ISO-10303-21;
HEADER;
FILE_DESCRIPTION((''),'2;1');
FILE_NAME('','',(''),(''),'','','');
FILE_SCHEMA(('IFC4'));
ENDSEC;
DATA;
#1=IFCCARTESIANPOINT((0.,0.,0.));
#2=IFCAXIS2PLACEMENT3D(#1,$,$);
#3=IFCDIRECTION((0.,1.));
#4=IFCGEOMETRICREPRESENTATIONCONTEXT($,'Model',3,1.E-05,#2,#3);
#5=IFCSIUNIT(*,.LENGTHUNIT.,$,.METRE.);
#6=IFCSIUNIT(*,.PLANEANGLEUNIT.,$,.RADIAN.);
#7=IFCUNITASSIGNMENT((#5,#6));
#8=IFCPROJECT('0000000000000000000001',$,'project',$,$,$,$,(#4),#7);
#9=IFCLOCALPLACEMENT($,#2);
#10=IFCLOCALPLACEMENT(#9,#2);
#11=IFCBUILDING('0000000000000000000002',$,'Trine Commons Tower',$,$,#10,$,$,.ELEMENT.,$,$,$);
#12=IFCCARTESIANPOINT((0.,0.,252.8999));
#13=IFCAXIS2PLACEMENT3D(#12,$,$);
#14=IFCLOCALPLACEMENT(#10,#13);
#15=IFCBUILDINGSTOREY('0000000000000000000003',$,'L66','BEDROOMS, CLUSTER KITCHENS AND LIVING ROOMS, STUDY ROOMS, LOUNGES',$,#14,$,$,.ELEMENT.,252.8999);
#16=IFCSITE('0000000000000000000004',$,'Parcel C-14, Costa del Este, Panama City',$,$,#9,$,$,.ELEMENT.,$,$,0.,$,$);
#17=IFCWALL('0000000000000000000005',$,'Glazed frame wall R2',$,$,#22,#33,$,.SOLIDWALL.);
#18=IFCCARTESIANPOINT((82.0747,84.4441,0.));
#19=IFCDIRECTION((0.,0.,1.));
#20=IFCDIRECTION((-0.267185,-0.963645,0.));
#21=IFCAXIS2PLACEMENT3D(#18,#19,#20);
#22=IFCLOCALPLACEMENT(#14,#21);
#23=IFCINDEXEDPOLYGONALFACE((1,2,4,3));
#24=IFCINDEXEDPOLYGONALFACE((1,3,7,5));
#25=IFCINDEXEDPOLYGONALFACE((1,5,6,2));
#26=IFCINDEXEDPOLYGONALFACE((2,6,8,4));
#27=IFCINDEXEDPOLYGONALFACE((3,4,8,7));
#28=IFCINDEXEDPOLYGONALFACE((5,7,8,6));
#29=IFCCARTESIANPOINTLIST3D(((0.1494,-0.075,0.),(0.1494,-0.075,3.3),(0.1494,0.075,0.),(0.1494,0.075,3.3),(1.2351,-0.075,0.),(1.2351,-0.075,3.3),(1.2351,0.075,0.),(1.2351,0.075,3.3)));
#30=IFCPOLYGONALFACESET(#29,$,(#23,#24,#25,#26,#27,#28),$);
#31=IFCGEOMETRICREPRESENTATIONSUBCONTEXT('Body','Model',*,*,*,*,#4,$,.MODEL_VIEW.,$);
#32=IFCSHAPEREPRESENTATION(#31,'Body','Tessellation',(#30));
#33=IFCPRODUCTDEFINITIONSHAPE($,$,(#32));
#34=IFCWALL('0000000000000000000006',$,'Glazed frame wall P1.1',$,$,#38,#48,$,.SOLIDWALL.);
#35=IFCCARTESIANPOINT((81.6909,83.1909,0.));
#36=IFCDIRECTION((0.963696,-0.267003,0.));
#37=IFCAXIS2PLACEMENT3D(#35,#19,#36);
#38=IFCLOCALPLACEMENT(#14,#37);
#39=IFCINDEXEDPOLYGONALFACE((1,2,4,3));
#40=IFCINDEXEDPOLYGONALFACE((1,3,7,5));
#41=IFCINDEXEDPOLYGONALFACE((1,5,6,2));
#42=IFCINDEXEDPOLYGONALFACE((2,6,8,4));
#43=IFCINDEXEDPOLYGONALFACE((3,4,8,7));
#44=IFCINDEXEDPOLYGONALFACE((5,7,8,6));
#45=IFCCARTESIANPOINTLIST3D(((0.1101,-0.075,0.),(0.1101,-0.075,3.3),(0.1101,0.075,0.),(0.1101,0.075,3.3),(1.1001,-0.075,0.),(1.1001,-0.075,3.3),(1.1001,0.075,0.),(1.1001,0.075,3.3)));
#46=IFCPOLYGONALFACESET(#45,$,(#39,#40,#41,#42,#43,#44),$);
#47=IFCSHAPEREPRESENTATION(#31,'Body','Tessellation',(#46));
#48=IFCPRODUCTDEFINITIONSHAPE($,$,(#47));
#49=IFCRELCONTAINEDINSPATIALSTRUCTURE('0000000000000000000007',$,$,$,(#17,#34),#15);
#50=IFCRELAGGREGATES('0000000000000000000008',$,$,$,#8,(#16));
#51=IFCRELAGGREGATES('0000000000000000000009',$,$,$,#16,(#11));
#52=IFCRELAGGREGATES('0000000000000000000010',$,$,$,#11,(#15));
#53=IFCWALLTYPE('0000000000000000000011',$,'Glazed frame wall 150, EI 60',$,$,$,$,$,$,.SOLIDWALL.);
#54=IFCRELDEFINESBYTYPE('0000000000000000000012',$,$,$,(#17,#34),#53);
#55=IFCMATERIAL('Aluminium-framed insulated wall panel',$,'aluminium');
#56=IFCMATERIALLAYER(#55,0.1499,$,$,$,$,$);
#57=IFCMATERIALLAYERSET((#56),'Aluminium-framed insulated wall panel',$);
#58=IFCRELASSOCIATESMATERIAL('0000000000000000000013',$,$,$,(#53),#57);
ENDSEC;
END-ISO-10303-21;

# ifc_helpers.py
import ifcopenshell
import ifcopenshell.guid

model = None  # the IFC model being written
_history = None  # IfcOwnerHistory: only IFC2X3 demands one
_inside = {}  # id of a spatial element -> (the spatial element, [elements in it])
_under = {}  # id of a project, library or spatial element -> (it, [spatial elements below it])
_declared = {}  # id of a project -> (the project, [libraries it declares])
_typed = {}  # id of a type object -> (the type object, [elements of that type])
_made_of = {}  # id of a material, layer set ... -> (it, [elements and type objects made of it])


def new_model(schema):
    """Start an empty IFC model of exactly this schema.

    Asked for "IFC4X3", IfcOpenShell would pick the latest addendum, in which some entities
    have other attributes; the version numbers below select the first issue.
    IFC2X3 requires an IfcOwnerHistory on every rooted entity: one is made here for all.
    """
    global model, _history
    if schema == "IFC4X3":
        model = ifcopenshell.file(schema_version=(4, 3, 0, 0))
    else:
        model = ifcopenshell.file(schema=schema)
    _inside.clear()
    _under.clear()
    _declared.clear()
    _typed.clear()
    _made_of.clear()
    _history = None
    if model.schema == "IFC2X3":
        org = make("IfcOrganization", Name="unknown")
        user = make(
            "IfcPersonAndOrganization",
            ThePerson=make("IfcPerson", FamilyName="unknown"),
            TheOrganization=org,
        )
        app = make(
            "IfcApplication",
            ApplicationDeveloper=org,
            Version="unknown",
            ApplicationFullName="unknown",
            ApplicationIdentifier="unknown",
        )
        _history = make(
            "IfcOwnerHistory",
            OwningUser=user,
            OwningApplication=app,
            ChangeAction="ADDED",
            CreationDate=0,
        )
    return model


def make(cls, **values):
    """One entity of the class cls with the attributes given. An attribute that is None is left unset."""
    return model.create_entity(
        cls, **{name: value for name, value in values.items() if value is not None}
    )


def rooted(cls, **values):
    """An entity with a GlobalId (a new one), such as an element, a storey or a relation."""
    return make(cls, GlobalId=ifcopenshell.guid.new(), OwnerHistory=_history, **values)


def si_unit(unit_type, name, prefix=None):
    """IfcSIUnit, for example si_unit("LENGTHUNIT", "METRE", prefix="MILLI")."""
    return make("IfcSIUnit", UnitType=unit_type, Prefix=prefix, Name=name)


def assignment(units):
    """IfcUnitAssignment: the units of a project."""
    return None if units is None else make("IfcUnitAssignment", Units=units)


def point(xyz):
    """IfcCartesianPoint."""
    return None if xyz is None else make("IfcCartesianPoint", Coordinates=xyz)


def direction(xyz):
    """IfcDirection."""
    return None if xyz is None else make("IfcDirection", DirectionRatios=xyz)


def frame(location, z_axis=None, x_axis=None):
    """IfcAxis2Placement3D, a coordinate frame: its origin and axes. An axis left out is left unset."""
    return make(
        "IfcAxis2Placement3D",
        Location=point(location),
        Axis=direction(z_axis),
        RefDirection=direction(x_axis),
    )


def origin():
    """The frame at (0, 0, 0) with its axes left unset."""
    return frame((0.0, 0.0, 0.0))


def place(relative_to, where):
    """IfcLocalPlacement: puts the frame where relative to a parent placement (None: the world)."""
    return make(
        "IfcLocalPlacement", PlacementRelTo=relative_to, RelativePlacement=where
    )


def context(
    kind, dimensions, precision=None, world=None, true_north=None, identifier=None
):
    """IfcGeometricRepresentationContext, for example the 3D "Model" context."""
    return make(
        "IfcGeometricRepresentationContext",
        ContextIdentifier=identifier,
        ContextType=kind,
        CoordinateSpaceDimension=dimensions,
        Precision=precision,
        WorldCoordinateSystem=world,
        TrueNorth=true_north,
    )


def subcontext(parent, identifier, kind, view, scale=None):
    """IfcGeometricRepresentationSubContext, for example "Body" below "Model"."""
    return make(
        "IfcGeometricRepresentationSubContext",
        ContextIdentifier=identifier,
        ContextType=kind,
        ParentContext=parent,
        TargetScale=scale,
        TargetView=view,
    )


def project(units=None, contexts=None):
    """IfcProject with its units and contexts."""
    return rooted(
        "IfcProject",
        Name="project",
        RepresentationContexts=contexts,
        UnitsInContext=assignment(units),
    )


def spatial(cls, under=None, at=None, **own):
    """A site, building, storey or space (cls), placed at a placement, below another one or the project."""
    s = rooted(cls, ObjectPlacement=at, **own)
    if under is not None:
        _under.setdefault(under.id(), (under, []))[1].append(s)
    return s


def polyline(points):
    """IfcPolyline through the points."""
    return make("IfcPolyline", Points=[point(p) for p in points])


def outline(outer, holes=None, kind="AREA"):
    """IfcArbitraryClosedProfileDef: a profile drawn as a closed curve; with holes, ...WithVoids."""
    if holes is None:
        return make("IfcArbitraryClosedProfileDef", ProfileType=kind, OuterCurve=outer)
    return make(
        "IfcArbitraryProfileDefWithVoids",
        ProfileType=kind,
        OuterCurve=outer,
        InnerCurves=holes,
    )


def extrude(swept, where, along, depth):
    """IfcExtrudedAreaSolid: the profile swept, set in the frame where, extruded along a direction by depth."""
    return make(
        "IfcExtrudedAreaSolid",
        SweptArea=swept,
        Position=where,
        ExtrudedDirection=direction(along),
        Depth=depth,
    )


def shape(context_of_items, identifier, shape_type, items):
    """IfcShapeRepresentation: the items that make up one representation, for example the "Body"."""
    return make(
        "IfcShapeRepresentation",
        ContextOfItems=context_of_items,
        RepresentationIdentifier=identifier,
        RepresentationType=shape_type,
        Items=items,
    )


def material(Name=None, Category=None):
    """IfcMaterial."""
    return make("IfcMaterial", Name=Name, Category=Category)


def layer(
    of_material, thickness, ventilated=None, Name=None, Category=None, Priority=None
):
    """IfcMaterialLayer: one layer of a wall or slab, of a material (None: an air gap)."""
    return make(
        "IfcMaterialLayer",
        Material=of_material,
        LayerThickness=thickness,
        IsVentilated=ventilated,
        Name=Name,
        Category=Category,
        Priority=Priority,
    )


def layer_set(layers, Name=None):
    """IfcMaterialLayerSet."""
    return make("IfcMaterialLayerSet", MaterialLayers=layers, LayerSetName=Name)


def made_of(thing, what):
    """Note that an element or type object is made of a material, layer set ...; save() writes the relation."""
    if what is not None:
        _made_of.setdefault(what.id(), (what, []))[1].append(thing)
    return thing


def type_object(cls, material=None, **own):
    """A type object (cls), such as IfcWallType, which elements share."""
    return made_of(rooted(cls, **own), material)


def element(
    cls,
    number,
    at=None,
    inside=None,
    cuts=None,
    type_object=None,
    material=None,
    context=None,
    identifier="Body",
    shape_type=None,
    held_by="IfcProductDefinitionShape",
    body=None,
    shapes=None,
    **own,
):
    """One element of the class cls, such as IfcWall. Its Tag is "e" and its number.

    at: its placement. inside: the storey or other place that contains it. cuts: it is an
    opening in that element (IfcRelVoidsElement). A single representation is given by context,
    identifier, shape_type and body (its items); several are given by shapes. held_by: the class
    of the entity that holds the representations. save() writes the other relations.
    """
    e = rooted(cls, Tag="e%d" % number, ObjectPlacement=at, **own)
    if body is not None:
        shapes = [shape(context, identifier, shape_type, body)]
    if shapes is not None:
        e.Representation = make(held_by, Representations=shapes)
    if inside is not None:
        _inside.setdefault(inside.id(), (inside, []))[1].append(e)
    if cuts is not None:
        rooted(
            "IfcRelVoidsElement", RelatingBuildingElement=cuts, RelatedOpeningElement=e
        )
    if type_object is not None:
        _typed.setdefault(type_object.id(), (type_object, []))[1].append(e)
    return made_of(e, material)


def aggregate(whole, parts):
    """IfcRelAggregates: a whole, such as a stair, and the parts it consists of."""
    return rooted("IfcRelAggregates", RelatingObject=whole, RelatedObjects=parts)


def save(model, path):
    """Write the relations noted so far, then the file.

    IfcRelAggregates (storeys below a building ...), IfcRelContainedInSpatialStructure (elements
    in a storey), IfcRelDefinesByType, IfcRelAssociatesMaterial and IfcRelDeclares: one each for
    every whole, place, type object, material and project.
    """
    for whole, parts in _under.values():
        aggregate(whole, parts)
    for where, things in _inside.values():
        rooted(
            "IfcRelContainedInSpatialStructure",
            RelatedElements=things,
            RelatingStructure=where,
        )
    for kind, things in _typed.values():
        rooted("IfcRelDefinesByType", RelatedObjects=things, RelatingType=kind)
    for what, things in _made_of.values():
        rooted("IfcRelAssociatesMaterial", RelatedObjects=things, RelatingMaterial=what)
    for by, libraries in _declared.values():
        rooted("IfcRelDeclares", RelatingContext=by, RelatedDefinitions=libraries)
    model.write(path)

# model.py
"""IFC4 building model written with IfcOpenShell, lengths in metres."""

from ifc_helpers import new_model, si_unit, direction, frame, origin, place, context, subcontext, project, spatial, polyline, outline, extrude, material, layer, layer_set, type_object, element, save


model = new_model("IFC4")

# Units and contexts
model_context = context("Model", 3, precision=1e-05, world=origin(), true_north=direction((0.0, 1.0)))
body_context = subcontext(model_context, "Body", "Model", "MODEL_VIEW")
ifc_project = project(units=[si_unit("LENGTHUNIT", "METRE"), si_unit("PLANEANGLEUNIT", "RADIAN")], contexts=[model_context])

# Site, building, storey
site_placement = place(None, origin())
site = spatial("IfcSite", under=ifc_project, at=site_placement, Name="Parcel C-14, Costa del Este, Panama City", CompositionType="ELEMENT", RefElevation=0.0)
building_placement = place(site_placement, origin())
building = spatial("IfcBuilding", under=site, at=building_placement, Name="Trine Commons Tower", CompositionType="ELEMENT")
storey_placement = place(building_placement, frame((0.0, 0.0, 252.8999)))
storey = spatial("IfcBuildingStorey", under=building, at=storey_placement, Name="L66", Description="BEDROOMS, CLUSTER KITCHENS AND LIVING ROOMS, STUDY ROOMS, LOUNGES", CompositionType="ELEMENT", Elevation=252.8999)

# Walls
ifc_material_1 = material(Name="Aluminium-framed insulated wall panel", Category="aluminium")
ifc_layer_1 = layer(ifc_material_1, 0.1499)
ifc_layer_set_1 = layer_set([ifc_layer_1], Name="Aluminium-framed insulated wall panel")
wall_type_1 = type_object("IfcWallType", Name="Glazed frame wall 150, EI 60", PredefinedType="SOLIDWALL", material=ifc_layer_set_1)
wall_1_placement = place(storey_placement, frame((82.0747, 84.4441, 0.0), z_axis=(0.0, 0.0, 1.0), x_axis=(-0.267185, -0.963645, 0.0)))
element("IfcWall", 1, at=wall_1_placement, inside=storey, type_object=wall_type_1, Name="Glazed frame wall R2", PredefinedType="SOLIDWALL", context=body_context, shape_type="SweptSolid", body=[
    extrude(outline(polyline([(0.1494, 0.075), (0.1494, -0.075), (1.2351, -0.075), (1.2351, 0.075), (0.1494, 0.075)])), origin(), (0.0, 0.0, 1.0), 3.3),
])
wall_2_placement = place(storey_placement, frame((81.6909, 83.1909, 0.0), z_axis=(0.0, 0.0, 1.0), x_axis=(0.963696, -0.267003, 0.0)))
element("IfcWall", 2, at=wall_2_placement, inside=storey, type_object=wall_type_1, Name="Glazed frame wall P1.1", PredefinedType="SOLIDWALL", context=body_context, shape_type="SweptSolid", body=[
    extrude(outline(polyline([(0.1101, -0.075), (1.1001, -0.075), (1.1001, 0.075), (0.1101, 0.075), (0.1101, -0.075)])), origin(), (0.0, 0.0, 1.0), 3.3),
])

save(model, "model.ifc")
